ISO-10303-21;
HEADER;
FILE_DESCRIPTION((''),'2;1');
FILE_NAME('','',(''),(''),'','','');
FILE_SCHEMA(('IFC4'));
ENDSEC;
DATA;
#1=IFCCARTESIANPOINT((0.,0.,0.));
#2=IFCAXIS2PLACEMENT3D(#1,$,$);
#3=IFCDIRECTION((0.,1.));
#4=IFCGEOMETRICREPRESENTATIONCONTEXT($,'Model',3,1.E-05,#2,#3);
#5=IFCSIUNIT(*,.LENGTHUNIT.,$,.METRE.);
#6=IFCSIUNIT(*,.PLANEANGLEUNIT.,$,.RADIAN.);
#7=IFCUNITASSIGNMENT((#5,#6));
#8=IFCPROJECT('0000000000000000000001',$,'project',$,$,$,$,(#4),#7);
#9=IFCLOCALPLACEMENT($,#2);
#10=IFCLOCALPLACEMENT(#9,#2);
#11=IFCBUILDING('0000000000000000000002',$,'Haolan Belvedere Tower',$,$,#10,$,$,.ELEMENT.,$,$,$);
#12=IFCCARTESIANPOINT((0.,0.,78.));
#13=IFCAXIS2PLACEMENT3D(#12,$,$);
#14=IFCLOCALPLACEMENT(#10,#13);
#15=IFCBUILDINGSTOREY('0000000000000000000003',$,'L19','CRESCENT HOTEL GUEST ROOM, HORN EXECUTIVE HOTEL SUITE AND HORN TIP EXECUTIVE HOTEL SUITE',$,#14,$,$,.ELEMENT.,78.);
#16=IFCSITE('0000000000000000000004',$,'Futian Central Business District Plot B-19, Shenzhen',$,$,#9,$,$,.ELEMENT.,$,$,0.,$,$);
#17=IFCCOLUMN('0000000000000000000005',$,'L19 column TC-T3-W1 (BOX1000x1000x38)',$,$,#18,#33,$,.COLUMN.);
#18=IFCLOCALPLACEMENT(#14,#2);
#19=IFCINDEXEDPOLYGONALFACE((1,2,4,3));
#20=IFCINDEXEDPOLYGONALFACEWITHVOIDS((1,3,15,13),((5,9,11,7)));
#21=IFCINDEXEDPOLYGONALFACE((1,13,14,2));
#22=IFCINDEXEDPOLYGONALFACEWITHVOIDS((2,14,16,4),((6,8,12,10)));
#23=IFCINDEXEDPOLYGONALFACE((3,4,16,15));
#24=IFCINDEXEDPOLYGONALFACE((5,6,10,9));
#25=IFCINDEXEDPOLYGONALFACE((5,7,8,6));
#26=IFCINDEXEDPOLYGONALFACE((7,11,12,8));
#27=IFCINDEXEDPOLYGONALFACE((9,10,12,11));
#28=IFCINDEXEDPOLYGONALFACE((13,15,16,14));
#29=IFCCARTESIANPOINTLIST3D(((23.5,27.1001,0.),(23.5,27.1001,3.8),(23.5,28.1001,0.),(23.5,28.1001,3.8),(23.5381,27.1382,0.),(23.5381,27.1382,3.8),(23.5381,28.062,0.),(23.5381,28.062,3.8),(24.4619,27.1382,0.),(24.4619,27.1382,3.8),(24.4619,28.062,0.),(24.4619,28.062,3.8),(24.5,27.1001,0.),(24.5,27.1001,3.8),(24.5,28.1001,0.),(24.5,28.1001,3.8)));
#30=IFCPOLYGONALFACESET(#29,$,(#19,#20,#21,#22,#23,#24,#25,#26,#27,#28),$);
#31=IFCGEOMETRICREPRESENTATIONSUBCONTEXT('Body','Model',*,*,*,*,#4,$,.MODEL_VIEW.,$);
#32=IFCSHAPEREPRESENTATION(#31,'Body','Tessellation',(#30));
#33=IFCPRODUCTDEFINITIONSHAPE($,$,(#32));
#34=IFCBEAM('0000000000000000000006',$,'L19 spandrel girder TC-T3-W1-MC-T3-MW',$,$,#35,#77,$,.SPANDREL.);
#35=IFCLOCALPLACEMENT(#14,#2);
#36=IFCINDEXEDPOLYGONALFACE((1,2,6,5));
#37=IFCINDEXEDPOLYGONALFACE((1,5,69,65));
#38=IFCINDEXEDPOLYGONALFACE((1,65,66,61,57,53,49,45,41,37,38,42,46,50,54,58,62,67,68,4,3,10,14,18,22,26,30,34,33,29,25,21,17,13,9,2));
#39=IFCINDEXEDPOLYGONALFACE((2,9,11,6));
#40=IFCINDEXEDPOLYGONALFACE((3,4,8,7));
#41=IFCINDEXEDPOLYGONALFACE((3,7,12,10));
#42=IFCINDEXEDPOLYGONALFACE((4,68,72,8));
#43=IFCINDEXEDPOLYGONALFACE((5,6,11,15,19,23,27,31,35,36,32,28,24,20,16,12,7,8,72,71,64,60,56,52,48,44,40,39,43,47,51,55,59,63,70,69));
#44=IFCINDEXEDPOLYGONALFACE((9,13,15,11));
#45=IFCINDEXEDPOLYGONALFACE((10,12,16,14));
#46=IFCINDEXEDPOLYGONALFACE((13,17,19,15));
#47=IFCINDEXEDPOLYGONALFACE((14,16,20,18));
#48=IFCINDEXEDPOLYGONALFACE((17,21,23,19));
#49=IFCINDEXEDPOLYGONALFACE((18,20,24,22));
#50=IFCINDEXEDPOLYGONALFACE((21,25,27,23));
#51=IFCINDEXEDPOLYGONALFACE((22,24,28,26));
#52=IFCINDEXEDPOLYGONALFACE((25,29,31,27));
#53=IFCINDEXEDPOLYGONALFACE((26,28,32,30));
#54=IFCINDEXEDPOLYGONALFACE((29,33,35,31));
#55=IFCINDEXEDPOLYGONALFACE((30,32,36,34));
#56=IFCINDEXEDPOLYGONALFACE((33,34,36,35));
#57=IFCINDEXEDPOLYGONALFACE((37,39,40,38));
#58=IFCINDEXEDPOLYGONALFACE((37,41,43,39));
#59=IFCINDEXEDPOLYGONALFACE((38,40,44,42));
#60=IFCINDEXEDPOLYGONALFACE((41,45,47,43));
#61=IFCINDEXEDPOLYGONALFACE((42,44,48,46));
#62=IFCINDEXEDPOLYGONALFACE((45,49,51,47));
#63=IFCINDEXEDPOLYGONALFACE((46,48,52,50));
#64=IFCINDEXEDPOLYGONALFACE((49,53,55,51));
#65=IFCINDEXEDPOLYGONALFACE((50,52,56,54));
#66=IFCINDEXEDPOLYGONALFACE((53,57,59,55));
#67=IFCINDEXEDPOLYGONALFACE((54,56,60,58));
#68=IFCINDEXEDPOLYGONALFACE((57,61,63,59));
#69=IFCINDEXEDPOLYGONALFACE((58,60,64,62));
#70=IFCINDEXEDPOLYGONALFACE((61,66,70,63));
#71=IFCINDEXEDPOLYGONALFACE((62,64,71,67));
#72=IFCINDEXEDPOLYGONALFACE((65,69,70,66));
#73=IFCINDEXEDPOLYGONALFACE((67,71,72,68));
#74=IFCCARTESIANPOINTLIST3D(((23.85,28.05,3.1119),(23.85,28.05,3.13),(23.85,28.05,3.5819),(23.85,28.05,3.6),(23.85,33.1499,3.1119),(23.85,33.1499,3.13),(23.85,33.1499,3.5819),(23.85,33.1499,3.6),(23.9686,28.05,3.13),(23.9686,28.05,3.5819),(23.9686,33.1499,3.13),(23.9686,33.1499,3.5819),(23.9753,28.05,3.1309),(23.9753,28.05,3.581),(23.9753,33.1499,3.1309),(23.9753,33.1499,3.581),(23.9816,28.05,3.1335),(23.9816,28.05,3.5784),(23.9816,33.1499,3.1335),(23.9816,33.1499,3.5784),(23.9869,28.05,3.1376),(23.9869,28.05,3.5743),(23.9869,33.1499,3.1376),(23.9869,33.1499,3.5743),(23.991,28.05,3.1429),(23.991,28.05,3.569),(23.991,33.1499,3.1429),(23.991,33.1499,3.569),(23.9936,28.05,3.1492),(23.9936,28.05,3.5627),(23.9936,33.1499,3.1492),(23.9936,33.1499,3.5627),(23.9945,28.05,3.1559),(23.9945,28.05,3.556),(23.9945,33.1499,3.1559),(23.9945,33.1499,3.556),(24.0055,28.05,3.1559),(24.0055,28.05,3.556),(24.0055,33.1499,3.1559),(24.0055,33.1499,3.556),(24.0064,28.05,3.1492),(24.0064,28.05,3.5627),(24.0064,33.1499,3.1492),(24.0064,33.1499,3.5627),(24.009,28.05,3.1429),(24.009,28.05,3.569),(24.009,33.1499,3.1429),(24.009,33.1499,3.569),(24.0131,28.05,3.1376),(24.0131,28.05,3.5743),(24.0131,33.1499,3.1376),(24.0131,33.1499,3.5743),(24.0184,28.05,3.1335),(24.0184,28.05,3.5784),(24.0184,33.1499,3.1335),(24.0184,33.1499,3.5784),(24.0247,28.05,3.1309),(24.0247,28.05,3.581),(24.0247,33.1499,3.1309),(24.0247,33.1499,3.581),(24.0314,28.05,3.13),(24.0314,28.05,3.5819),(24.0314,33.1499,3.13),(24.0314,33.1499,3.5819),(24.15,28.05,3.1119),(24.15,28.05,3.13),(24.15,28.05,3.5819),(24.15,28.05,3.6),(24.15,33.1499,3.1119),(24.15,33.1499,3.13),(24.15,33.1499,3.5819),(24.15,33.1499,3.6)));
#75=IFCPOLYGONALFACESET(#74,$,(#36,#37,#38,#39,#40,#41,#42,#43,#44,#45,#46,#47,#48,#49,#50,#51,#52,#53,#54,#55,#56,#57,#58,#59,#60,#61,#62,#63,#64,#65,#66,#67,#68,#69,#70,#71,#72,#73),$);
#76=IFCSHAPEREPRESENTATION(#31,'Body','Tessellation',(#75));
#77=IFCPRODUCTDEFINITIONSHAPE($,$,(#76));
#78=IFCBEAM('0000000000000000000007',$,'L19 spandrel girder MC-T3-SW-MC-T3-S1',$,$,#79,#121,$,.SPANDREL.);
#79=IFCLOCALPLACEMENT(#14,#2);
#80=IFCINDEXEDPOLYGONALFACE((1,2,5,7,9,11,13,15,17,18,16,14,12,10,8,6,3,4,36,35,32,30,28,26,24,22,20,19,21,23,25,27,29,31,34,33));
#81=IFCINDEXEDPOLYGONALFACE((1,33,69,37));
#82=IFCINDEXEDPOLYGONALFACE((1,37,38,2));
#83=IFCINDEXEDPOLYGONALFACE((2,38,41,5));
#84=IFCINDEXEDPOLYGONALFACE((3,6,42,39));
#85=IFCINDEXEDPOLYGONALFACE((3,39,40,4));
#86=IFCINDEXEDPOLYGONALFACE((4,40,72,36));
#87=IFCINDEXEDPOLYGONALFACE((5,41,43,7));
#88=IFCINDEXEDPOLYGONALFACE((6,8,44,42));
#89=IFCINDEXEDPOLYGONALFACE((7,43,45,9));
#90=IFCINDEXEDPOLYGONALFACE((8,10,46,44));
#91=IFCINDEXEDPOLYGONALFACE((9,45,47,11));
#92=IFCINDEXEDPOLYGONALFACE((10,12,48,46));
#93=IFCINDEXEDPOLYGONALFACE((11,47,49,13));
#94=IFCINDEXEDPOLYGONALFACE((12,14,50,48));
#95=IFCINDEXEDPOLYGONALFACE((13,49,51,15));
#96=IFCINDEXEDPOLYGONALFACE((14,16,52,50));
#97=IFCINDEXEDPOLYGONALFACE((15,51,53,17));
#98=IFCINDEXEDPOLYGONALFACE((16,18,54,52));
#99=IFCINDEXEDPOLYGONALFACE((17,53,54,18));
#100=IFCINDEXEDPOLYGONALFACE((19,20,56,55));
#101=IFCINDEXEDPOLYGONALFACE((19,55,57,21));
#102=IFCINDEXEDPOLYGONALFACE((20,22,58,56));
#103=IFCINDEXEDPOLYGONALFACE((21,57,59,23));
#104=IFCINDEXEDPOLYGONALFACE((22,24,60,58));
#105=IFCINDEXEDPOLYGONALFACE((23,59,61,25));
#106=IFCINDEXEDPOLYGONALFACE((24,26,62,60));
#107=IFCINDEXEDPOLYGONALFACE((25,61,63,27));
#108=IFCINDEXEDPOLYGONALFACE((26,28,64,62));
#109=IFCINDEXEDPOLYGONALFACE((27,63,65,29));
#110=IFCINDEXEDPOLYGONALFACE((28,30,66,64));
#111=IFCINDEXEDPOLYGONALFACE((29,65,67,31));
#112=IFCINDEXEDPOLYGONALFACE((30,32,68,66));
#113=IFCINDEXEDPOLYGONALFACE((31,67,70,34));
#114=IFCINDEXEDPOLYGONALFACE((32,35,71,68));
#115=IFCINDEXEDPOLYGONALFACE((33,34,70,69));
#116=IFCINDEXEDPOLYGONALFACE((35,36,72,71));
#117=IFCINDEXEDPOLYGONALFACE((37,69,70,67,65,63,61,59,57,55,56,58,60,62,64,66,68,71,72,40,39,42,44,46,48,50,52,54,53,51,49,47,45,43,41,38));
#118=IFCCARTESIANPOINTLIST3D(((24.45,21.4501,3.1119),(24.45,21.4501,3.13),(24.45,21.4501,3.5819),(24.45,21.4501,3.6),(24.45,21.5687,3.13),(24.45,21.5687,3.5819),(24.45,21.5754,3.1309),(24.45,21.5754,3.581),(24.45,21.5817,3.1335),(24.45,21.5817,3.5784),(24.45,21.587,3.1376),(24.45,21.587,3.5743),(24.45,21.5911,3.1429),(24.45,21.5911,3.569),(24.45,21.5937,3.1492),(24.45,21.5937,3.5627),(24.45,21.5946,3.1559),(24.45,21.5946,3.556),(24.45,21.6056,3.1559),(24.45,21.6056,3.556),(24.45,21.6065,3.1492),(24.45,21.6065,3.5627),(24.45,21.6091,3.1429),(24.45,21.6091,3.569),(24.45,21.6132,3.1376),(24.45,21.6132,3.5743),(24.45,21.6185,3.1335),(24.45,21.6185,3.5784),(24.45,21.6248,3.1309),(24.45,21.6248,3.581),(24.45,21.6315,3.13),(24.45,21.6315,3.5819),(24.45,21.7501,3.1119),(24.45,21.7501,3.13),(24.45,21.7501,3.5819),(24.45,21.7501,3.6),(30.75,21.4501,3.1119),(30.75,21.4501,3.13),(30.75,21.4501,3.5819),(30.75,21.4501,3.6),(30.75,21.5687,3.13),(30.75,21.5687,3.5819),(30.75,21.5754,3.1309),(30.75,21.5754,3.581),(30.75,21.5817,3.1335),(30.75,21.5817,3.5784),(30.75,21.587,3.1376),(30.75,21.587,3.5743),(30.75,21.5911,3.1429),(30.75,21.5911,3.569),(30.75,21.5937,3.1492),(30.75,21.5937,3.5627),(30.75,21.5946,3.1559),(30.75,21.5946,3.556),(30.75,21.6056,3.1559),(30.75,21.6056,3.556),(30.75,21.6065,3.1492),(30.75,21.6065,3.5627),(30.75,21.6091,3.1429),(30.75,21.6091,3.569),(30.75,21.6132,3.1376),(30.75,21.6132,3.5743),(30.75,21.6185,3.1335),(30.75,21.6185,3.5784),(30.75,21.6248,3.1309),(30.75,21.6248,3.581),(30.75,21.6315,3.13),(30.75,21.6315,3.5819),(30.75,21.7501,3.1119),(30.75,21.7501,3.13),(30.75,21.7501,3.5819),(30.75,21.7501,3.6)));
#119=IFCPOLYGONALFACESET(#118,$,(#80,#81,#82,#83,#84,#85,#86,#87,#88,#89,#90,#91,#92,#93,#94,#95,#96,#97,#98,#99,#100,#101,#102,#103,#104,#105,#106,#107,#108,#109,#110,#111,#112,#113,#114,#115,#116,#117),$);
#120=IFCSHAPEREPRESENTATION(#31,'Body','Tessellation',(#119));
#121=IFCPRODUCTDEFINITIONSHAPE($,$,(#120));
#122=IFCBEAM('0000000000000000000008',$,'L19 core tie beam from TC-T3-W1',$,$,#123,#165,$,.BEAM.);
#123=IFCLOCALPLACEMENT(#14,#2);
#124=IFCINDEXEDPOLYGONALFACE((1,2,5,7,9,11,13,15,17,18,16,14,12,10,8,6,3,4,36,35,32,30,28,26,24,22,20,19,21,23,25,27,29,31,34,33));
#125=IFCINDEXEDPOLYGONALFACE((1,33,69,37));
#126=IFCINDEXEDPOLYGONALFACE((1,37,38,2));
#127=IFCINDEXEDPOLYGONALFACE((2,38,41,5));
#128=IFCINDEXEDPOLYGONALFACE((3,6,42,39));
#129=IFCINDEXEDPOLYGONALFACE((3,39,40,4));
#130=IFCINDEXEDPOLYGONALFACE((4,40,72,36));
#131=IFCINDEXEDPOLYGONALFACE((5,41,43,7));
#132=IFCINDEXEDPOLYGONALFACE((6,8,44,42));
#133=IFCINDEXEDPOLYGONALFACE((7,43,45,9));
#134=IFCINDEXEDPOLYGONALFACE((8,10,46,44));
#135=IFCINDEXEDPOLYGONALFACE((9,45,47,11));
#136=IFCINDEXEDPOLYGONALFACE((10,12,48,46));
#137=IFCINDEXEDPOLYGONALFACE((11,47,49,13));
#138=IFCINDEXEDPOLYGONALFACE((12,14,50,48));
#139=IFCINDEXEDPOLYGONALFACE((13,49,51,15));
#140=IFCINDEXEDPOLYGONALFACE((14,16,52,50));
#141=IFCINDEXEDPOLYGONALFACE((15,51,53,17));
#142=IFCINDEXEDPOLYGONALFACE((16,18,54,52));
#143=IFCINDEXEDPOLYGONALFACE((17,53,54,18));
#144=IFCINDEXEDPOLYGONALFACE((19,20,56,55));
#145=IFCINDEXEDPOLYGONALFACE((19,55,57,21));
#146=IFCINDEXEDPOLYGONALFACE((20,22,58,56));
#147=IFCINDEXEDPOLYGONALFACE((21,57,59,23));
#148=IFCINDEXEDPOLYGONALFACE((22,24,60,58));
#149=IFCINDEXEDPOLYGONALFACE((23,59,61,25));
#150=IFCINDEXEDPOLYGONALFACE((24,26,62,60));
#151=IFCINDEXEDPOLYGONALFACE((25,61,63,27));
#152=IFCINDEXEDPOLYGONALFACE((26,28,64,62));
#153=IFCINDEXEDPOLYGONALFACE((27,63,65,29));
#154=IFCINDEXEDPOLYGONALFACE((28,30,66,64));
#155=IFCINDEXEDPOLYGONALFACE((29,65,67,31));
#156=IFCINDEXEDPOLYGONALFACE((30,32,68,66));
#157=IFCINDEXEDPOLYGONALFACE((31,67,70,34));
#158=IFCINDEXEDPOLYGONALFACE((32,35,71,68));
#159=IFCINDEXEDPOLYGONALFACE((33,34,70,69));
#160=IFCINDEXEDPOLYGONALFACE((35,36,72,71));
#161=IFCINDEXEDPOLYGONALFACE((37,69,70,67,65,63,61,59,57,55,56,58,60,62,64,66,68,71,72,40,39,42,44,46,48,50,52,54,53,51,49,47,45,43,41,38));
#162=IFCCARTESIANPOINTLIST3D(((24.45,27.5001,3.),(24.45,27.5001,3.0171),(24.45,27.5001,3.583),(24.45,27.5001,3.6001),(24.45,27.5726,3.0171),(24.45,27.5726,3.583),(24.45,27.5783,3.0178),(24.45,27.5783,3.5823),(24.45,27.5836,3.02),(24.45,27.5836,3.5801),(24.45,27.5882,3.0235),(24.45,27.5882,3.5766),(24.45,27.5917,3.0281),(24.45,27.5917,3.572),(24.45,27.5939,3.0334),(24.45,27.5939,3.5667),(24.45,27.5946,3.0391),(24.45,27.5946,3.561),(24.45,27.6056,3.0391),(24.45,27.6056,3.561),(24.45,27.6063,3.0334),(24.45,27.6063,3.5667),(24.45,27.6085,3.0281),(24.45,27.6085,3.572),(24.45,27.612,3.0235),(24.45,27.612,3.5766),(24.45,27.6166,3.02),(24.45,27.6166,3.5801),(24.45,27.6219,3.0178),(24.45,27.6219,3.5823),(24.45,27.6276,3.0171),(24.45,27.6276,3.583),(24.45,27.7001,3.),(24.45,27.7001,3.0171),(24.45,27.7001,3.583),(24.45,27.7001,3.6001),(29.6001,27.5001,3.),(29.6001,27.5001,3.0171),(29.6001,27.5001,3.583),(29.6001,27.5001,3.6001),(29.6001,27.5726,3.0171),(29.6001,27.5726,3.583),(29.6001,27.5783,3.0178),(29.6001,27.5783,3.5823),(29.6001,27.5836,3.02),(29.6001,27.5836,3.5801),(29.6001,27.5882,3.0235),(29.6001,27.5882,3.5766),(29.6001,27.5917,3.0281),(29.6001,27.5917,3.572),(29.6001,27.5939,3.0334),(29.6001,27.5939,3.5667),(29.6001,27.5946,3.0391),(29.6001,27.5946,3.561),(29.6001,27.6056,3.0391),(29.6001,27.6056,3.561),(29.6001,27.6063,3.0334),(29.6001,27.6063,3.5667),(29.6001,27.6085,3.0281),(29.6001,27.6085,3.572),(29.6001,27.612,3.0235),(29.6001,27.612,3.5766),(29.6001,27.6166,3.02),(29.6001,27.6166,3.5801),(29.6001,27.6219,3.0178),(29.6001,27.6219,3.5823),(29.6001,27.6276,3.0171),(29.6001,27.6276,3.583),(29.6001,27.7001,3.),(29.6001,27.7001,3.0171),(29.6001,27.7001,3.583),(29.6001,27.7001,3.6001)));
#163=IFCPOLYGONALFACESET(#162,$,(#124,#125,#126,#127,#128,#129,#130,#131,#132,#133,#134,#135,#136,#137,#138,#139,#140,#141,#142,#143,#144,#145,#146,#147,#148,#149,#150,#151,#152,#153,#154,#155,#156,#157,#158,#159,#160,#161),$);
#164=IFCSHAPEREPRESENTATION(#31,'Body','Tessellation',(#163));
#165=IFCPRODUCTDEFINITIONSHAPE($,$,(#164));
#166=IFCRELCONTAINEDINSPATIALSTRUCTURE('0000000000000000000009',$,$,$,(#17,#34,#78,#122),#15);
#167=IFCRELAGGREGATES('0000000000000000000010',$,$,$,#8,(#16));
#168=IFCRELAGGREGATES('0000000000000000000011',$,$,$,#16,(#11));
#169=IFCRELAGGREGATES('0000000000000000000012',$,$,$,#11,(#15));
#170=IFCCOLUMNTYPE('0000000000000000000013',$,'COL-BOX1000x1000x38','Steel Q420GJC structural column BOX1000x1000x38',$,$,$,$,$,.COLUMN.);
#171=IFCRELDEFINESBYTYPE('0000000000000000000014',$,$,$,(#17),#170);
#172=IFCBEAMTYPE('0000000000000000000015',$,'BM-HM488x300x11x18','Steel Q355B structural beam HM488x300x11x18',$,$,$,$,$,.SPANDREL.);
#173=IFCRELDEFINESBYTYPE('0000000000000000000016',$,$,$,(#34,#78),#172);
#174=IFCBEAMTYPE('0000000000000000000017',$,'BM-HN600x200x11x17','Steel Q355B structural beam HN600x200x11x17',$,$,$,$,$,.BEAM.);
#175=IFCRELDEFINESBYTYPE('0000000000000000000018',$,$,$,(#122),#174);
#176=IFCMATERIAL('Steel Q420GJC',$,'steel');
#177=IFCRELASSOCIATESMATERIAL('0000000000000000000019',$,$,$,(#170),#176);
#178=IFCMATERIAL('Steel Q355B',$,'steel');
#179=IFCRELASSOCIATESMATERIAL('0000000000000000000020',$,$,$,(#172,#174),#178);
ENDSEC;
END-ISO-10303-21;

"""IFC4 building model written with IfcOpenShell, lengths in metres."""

from ifc_helpers import new_model, si_unit, direction, frame, origin, origin_2d, place, context, subcontext, project, spatial, hollow_rectangle, i_section, extrude, material, material_profile, profile_set, type_object, element, save


model = new_model("IFC4")

# Units and contexts
model_context = context("Model", 3, precision=1e-05, world=origin(), true_north=direction((0.0, 1.0)))
body_context = subcontext(model_context, "Body", "Model", "MODEL_VIEW")
ifc_project = project(units=[si_unit("LENGTHUNIT", "METRE"), si_unit("PLANEANGLEUNIT", "RADIAN")], contexts=[model_context])

# Site, building, storey
site_placement = place(None, origin())
site = spatial("IfcSite", under=ifc_project, at=site_placement, Name="Futian Central Business District Plot B-19, Shenzhen", CompositionType="ELEMENT", RefElevation=0.0)
building_placement = place(site_placement, origin())
building = spatial("IfcBuilding", under=site, at=building_placement, Name="Haolan Belvedere Tower", CompositionType="ELEMENT")
storey_placement = place(building_placement, frame((0.0, 0.0, 78.0)))
storey = spatial("IfcBuildingStorey", under=building, at=storey_placement, Name="L19", Description="CRESCENT HOTEL GUEST ROOM, HORN EXECUTIVE HOTEL SUITE AND HORN TIP EXECUTIVE HOTEL SUITE", CompositionType="ELEMENT", Elevation=78.0)

# Column
ifc_material_1 = material(Name="Steel Q420GJC", Category="steel")
ifc_material_profile_1 = material_profile(ifc_material_1, hollow_rectangle(XDim=1.0, YDim=1.0, WallThickness=0.0381, at=origin_2d()), Name="Steel Q420GJC")
ifc_profile_set_1 = profile_set([ifc_material_profile_1], Name="Steel Q420GJC")
column_type = type_object("IfcColumnType", Name="COL-BOX1000x1000x38", Description="Steel Q420GJC structural column BOX1000x1000x38", PredefinedType="COLUMN", material=ifc_profile_set_1)
column_placement = place(storey_placement, frame((24.0, 27.6001, 0.0), z_axis=(0.0, 0.0, 1.0), x_axis=(1.0, 0.0, 0.0)))
element("IfcColumn", 1, at=column_placement, inside=storey, type_object=column_type, Name="L19 column TC-T3-W1 (BOX1000x1000x38)", PredefinedType="COLUMN", context=body_context, shape_type="SweptSolid", body=[
    extrude(hollow_rectangle(XDim=1.0, YDim=1.0, WallThickness=0.0381, at=origin_2d()), origin(), (0.0, 0.0, 1.0), 3.8),
])

# Beams
ifc_material_2 = material(Name="Steel Q355B", Category="steel")
ifc_material_profile_2 = material_profile(ifc_material_2, i_section(OverallWidth=0.3, OverallDepth=0.488, WebThickness=0.011, FlangeThickness=0.0181, FilletRadius=0.0259, at=origin_2d()), Name="Steel Q355B")
ifc_profile_set_2 = profile_set([ifc_material_profile_2], Name="Steel Q355B")
beam_type_1 = type_object("IfcBeamType", Name="BM-HM488x300x11x18", Description="Steel Q355B structural beam HM488x300x11x18", PredefinedType="SPANDREL", material=ifc_profile_set_2)
beam_1_placement = place(storey_placement, frame((24.0, 28.05, 3.356), z_axis=(0.0, 1.0, 0.0), x_axis=(-1.0, 0.0, 0.0)))
element("IfcBeam", 2, at=beam_1_placement, inside=storey, type_object=beam_type_1, Name="L19 spandrel girder TC-T3-W1-MC-T3-MW", PredefinedType="SPANDREL", context=body_context, shape_type="SweptSolid", body=[
    extrude(i_section(OverallWidth=0.3, OverallDepth=0.488, WebThickness=0.011, FlangeThickness=0.0181, FilletRadius=0.0259, at=origin_2d()), origin(), (0.0, 0.0, 1.0), 5.0999),
])
beam_2_placement = place(storey_placement, frame((24.45, 21.6001, 3.356), z_axis=(1.0, 0.0, 0.0), x_axis=(0.0, 1.0, 0.0)))
element("IfcBeam", 3, at=beam_2_placement, inside=storey, type_object=beam_type_1, Name="L19 spandrel girder MC-T3-SW-MC-T3-S1", PredefinedType="SPANDREL", context=body_context, shape_type="SweptSolid", body=[
    extrude(i_section(OverallWidth=0.3, OverallDepth=0.488, WebThickness=0.011, FlangeThickness=0.0181, FilletRadius=0.0259, at=origin_2d()), origin(), (0.0, 0.0, 1.0), 6.3),
])
ifc_material_profile_3 = material_profile(ifc_material_2, i_section(OverallWidth=0.2, OverallDepth=0.6001, WebThickness=0.011, FlangeThickness=0.0171, FilletRadius=0.022, at=origin_2d()), Name="Steel Q355B")
ifc_profile_set_3 = profile_set([ifc_material_profile_3], Name="Steel Q355B")
beam_type_2 = type_object("IfcBeamType", Name="BM-HN600x200x11x17", Description="Steel Q355B structural beam HN600x200x11x17", PredefinedType="BEAM", material=ifc_profile_set_3)
beam_3_placement = place(storey_placement, frame((24.45, 27.6001, 3.3), z_axis=(1.0, 0.0, 0.0), x_axis=(0.0, 1.0, 0.0)))
element("IfcBeam", 4, at=beam_3_placement, inside=storey, type_object=beam_type_2, Name="L19 core tie beam from TC-T3-W1", PredefinedType="BEAM", context=body_context, shape_type="SweptSolid", body=[
    extrude(i_section(OverallWidth=0.2, OverallDepth=0.6001, WebThickness=0.011, FlangeThickness=0.0171, FilletRadius=0.022, at=origin_2d()), origin(), (0.0, 0.0, 1.0), 5.1501),
])

save(model, "model.ifc")
